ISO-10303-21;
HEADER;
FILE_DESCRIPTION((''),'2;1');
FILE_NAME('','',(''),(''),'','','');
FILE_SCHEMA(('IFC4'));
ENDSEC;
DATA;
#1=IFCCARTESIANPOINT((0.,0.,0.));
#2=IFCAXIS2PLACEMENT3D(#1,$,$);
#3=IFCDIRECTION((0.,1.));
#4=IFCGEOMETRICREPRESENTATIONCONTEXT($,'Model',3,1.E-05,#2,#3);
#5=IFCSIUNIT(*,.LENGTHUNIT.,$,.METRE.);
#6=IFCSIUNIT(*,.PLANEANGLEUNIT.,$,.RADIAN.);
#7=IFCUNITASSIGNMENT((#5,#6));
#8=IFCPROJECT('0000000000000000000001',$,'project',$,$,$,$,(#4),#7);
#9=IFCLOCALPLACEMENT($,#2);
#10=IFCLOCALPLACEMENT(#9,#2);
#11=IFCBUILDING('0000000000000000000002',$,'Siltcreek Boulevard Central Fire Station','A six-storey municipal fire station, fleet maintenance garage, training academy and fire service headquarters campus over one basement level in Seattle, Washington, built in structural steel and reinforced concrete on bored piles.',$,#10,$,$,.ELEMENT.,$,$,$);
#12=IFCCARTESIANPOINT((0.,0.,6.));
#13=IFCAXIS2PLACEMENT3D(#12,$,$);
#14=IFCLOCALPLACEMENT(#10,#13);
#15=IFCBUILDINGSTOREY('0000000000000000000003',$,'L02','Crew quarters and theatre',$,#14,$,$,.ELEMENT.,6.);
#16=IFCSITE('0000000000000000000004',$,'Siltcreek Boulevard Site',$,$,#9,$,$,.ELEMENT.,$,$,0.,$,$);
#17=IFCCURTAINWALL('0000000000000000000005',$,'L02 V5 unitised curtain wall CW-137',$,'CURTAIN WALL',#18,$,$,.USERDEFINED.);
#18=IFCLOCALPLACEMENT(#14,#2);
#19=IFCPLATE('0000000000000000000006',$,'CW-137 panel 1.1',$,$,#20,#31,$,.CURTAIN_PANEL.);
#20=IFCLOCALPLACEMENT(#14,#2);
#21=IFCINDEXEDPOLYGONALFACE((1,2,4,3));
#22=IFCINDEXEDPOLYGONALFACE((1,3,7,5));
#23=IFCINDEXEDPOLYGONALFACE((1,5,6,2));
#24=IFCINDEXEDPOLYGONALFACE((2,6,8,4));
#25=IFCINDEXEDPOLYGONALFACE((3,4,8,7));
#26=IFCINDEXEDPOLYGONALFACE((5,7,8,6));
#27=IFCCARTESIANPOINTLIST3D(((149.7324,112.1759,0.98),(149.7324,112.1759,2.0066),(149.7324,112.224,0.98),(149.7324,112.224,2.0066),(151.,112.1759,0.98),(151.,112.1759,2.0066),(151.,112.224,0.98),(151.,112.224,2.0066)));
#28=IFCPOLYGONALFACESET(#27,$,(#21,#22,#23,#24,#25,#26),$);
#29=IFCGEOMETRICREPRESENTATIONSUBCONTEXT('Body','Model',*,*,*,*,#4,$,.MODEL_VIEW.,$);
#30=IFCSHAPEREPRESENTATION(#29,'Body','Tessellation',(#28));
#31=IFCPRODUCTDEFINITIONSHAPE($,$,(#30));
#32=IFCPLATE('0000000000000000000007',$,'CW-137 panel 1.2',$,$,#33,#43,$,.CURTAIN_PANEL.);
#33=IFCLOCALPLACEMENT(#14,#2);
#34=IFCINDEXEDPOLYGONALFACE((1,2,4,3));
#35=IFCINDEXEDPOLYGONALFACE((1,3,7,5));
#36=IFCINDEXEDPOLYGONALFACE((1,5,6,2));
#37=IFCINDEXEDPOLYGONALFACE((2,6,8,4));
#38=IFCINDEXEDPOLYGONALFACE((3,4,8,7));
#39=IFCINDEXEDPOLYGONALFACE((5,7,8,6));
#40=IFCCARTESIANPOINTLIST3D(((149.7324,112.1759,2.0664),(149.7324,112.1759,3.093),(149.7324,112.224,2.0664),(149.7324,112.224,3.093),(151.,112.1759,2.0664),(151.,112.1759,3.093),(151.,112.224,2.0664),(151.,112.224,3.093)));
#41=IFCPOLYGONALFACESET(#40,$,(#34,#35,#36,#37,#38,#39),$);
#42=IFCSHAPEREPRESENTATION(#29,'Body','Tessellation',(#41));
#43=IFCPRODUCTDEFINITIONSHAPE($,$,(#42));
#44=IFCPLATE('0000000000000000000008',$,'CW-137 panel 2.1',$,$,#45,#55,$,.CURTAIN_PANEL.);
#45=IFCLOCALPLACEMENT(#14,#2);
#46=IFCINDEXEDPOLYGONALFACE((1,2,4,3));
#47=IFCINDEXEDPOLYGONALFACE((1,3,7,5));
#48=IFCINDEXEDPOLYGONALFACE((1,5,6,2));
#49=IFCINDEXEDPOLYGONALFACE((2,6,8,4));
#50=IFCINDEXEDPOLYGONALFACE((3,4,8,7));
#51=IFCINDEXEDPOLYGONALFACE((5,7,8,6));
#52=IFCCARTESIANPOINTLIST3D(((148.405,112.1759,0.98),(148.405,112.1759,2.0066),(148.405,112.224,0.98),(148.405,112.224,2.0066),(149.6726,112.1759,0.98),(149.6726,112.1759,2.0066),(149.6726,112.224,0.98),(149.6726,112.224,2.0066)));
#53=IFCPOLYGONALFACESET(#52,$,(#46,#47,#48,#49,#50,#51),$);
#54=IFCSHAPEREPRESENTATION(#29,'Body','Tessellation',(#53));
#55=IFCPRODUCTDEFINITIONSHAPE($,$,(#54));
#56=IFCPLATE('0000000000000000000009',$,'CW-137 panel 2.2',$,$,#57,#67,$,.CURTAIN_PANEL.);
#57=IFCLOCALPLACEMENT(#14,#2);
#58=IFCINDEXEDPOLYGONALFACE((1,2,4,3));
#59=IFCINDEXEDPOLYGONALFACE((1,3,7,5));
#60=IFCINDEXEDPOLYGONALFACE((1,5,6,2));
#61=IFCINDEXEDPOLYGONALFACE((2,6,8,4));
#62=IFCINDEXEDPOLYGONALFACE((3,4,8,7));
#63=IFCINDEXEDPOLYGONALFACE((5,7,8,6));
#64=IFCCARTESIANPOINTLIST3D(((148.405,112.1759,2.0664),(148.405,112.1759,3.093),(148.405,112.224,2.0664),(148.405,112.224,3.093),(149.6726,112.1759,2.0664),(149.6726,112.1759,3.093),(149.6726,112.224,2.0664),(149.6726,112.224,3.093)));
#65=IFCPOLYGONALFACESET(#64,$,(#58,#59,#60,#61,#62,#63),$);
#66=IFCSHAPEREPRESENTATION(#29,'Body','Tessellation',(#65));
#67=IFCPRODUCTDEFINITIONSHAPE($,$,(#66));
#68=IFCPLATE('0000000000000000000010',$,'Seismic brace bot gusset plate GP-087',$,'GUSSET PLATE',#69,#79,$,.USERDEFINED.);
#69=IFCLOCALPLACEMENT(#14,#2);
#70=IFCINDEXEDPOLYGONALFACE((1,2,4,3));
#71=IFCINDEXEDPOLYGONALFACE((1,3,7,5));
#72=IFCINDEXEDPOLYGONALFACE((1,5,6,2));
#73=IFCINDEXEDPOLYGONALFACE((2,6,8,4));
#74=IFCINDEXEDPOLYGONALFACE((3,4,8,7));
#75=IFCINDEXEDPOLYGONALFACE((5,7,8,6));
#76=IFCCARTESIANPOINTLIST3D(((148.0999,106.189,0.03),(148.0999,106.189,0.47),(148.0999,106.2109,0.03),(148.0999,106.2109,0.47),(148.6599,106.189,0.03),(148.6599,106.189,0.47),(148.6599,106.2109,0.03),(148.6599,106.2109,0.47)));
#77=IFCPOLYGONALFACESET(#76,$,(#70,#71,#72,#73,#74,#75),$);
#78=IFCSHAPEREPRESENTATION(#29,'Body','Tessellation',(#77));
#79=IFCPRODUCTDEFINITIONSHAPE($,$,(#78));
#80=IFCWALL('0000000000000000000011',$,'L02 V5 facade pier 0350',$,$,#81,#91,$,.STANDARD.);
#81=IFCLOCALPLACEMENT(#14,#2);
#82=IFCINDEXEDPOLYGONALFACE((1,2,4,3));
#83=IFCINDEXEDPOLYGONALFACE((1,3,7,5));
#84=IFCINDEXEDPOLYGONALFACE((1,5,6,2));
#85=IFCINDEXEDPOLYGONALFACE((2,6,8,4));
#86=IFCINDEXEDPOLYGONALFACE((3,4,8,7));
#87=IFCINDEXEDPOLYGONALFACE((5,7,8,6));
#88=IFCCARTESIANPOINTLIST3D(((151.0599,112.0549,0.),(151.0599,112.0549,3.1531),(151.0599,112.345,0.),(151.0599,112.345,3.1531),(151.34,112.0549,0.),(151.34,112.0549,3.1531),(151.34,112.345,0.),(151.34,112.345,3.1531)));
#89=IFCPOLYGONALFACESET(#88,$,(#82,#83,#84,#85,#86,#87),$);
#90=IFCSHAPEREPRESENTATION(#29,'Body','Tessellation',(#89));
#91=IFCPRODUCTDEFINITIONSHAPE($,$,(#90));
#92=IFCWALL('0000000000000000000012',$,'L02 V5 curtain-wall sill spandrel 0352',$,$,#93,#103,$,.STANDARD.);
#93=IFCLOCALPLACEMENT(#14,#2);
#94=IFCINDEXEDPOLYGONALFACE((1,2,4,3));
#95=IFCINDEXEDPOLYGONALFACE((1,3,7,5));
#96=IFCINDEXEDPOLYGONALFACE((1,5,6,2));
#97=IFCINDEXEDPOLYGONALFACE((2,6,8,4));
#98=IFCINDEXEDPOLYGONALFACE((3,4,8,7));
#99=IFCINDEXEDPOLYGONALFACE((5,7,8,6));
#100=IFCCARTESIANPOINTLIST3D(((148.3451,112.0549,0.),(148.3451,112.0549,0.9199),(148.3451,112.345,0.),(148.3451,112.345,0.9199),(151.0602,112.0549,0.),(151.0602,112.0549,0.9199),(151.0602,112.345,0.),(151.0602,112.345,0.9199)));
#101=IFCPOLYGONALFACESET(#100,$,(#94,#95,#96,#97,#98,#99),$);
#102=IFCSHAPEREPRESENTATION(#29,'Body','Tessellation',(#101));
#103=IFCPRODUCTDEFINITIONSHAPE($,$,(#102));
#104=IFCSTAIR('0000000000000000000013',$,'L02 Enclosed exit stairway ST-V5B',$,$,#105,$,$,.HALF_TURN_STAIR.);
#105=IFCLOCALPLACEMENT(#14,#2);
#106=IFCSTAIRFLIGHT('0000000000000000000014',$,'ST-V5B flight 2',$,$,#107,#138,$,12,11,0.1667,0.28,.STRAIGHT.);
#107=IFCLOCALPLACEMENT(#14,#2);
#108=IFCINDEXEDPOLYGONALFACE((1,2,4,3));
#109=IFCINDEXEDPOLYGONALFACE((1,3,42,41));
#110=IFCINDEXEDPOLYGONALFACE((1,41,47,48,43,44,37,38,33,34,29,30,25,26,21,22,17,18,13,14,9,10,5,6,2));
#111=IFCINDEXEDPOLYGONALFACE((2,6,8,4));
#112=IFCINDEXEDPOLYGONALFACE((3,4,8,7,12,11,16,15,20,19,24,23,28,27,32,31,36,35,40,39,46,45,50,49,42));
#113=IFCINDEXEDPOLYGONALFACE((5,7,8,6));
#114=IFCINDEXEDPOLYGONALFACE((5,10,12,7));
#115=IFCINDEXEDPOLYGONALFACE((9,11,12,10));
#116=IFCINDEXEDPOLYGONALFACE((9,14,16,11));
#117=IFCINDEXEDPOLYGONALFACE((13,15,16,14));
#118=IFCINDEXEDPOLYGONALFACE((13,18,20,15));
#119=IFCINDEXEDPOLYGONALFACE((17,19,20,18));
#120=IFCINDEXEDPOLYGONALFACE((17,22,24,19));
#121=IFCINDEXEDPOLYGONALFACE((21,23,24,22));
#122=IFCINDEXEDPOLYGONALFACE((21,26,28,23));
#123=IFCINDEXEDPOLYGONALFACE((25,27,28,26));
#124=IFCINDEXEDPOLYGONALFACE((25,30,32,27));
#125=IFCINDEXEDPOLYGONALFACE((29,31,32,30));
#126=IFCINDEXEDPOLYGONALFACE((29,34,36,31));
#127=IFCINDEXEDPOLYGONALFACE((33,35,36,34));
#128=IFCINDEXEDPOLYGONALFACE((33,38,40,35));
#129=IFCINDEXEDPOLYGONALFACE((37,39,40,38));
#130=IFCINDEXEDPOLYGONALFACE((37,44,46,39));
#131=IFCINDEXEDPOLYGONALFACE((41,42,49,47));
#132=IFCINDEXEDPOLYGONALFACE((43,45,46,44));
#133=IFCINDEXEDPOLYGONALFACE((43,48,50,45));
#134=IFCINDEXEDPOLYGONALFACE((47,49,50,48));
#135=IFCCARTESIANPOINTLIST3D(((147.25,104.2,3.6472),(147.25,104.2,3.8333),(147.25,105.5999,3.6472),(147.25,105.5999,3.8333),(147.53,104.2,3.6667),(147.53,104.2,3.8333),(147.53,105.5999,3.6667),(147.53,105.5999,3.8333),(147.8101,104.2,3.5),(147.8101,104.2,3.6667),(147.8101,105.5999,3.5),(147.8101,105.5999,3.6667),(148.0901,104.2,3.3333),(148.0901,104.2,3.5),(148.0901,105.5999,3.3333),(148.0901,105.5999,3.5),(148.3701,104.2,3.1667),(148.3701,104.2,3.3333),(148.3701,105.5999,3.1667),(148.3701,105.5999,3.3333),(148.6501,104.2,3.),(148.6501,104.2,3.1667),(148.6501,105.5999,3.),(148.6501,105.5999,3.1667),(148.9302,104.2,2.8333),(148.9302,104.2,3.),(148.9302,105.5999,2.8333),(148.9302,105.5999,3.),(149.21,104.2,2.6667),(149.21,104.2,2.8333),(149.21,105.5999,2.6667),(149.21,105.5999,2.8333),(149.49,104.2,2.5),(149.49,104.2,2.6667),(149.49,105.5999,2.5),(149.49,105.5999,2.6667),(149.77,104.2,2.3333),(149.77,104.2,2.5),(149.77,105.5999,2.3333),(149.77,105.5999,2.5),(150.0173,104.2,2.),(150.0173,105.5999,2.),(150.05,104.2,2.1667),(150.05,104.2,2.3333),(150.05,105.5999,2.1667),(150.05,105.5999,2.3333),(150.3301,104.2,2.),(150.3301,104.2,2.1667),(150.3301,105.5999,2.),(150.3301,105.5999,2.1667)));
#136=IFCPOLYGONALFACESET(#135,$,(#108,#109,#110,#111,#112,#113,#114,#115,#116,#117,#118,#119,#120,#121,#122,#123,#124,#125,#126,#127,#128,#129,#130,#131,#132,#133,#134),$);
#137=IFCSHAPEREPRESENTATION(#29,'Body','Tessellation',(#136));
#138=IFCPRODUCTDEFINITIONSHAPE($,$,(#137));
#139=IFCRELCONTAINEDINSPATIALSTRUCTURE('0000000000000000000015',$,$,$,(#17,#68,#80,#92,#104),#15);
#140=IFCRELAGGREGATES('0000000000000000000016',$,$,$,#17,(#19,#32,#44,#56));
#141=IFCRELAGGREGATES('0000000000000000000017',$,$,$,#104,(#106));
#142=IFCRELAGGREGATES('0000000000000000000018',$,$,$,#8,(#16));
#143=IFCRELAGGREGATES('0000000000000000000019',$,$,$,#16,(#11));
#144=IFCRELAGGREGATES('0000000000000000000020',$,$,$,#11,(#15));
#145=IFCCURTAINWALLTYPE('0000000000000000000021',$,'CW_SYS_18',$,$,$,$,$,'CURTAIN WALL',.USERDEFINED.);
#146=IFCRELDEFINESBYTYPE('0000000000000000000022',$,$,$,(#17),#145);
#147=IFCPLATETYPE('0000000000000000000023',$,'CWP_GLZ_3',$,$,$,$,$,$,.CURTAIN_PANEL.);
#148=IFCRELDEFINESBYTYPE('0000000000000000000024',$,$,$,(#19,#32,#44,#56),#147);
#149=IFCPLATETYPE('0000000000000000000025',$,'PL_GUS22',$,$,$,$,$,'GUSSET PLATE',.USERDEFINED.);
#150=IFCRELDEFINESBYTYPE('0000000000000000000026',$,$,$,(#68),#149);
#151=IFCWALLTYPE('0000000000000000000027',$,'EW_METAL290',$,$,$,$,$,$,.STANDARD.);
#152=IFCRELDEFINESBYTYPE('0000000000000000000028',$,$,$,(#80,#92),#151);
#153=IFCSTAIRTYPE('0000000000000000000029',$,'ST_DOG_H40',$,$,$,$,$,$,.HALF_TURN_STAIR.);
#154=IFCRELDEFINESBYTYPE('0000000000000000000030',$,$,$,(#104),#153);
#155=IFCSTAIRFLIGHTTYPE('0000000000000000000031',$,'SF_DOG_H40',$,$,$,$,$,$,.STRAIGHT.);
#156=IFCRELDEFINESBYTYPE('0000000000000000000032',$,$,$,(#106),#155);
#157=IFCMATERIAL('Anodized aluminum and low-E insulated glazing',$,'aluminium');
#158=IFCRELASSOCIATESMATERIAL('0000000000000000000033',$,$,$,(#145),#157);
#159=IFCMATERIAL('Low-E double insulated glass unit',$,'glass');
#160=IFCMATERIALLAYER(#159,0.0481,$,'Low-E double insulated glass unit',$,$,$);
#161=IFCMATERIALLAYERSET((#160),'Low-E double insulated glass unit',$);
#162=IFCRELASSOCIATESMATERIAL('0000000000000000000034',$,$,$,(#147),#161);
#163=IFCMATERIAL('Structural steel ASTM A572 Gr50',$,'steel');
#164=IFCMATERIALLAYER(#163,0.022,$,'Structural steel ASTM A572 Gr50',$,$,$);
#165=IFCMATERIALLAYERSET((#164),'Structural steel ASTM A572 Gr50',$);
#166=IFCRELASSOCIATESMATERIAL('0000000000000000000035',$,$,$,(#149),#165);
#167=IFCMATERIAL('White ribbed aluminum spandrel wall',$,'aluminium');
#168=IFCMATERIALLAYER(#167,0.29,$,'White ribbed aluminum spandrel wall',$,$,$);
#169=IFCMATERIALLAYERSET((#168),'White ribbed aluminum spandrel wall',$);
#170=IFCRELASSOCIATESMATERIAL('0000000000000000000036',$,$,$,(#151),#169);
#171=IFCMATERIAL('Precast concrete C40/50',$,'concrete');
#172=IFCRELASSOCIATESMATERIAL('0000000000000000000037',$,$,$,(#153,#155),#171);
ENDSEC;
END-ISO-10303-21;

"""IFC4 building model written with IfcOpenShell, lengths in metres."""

from ifc_helpers import new_model, si_unit, direction, frame, frame_2d, origin, origin_2d, place, context, subcontext, project, spatial, polyline, rectangle, outline, extrude, material, layer, layer_set, type_object, element, aggregate, save


model = new_model("IFC4")

# Units and contexts
model_context = context("Model", 3, precision=1e-05, world=origin(), true_north=direction((0.0, 1.0)))
body_context = subcontext(model_context, "Body", "Model", "MODEL_VIEW")
ifc_project = project(units=[si_unit("LENGTHUNIT", "METRE"), si_unit("PLANEANGLEUNIT", "RADIAN")], contexts=[model_context])

# Site, building, storey
site_placement = place(None, origin())
site = spatial("IfcSite", under=ifc_project, at=site_placement, Name="Siltcreek Boulevard Site", CompositionType="ELEMENT", RefElevation=0.0)
building_placement = place(site_placement, origin())
building = spatial("IfcBuilding", under=site, at=building_placement, Name="Siltcreek Boulevard Central Fire Station", Description="A six-storey municipal fire station, fleet maintenance garage, training academy and fire service headquarters campus over one basement level in Seattle, Washington, built in structural steel and reinforced concrete on bored piles.", CompositionType="ELEMENT")
storey_placement = place(building_placement, frame((0.0, 0.0, 6.0)))
storey = spatial("IfcBuildingStorey", under=building, at=storey_placement, Name="L02", Description="Crew quarters and theatre", CompositionType="ELEMENT", Elevation=6.0)

# Curtain wall
ifc_material_1 = material(Name="Anodized aluminum and low-E insulated glazing", Category="aluminium")
curtain_wall_type_1 = type_object("IfcCurtainWallType", Name="CW_SYS_18", ElementType="CURTAIN WALL", PredefinedType="USERDEFINED", material=ifc_material_1)
curtain_wall_1_placement = place(storey_placement, origin())
curtain_wall_1 = element("IfcCurtainWall", 1, at=curtain_wall_1_placement, inside=storey, type_object=curtain_wall_type_1, Name="L02 V5 unitised curtain wall CW-137", ObjectType="CURTAIN WALL", PredefinedType="USERDEFINED")

# Plates
ifc_material_2 = material(Name="Low-E double insulated glass unit", Category="glass")
ifc_layer_1 = layer(ifc_material_2, 0.0481, Name="Low-E double insulated glass unit")
ifc_layer_set_1 = layer_set([ifc_layer_1], Name="Low-E double insulated glass unit")
plate_type_1 = type_object("IfcPlateType", Name="CWP_GLZ_3", PredefinedType="CURTAIN_PANEL", material=ifc_layer_set_1)
plate_1_placement = place(storey_placement, frame((150.3662, 112.2, 0.98), z_axis=(0.0, 0.0, 1.0), x_axis=(-1.0, 0.0, 0.0)))
plate_1 = element("IfcPlate", 2, at=plate_1_placement, type_object=plate_type_1, Name="CW-137 panel 1.1", PredefinedType="CURTAIN_PANEL", context=body_context, shape_type="SweptSolid", body=[
    extrude(rectangle(XDim=1.2676, YDim=0.0481, at=origin_2d()), origin(), (0.0, 0.0, 1.0), 1.0266),
])
plate_2_placement = place(storey_placement, frame((150.3662, 112.2, 2.0664), z_axis=(0.0, 0.0, 1.0), x_axis=(-1.0, 0.0, 0.0)))
plate_2 = element("IfcPlate", 3, at=plate_2_placement, type_object=plate_type_1, Name="CW-137 panel 1.2", PredefinedType="CURTAIN_PANEL", context=body_context, shape_type="SweptSolid", body=[
    extrude(rectangle(XDim=1.2676, YDim=0.0481, at=origin_2d()), origin(), (0.0, 0.0, 1.0), 1.0266),
])
plate_3_placement = place(storey_placement, frame((149.0388, 112.2, 0.98), z_axis=(0.0, 0.0, 1.0), x_axis=(-1.0, 0.0, 0.0)))
plate_3 = element("IfcPlate", 4, at=plate_3_placement, type_object=plate_type_1, Name="CW-137 panel 2.1", PredefinedType="CURTAIN_PANEL", context=body_context, shape_type="SweptSolid", body=[
    extrude(rectangle(XDim=1.2676, YDim=0.0481, at=origin_2d()), origin(), (0.0, 0.0, 1.0), 1.0266),
])
plate_4_placement = place(storey_placement, frame((149.0388, 112.2, 2.0664), z_axis=(0.0, 0.0, 1.0), x_axis=(-1.0, 0.0, 0.0)))
plate_4 = element("IfcPlate", 5, at=plate_4_placement, type_object=plate_type_1, Name="CW-137 panel 2.2", PredefinedType="CURTAIN_PANEL", context=body_context, shape_type="SweptSolid", body=[
    extrude(rectangle(XDim=1.2676, YDim=0.0481, at=origin_2d()), origin(), (0.0, 0.0, 1.0), 1.0266),
])
aggregate(curtain_wall_1, [plate_1, plate_2, plate_3, plate_4])
ifc_material_3 = material(Name="Structural steel ASTM A572 Gr50", Category="steel")
ifc_layer_2 = layer(ifc_material_3, 0.022, Name="Structural steel ASTM A572 Gr50")
ifc_layer_set_2 = layer_set([ifc_layer_2], Name="Structural steel ASTM A572 Gr50")
plate_type_2 = type_object("IfcPlateType", Name="PL_GUS22", ElementType="GUSSET PLATE", PredefinedType="USERDEFINED", material=ifc_layer_set_2)
plate_5_placement = place(storey_placement, frame((148.3799, 106.2, 0.03), z_axis=(0.0, 0.0, 1.0), x_axis=(1.0, 0.0, 0.0)))
element("IfcPlate", 6, at=plate_5_placement, inside=storey, type_object=plate_type_2, Name="Seismic brace bot gusset plate GP-087", ObjectType="GUSSET PLATE", PredefinedType="USERDEFINED", context=body_context, shape_type="SweptSolid", body=[
    extrude(rectangle(XDim=0.5601, YDim=0.022, at=origin_2d()), origin(), (0.0, 0.0, 1.0), 0.4399),
])

# Walls
ifc_material_4 = material(Name="White ribbed aluminum spandrel wall", Category="aluminium")
ifc_layer_3 = layer(ifc_material_4, 0.29, Name="White ribbed aluminum spandrel wall")
ifc_layer_set_3 = layer_set([ifc_layer_3], Name="White ribbed aluminum spandrel wall")
wall_type = type_object("IfcWallType", Name="EW_METAL290", PredefinedType="STANDARD", material=ifc_layer_set_3)
wall_1_placement = place(storey_placement, frame((151.3401, 112.2, 0.0), z_axis=(0.0, 0.0, 1.0), x_axis=(-1.0, 0.0, 0.0)))
element("IfcWall", 7, at=wall_1_placement, inside=storey, type_object=wall_type, Name="L02 V5 facade pier 0350", PredefinedType="STANDARD", context=body_context, shape_type="SweptSolid", body=[
    extrude(rectangle(XDim=0.28, YDim=0.29, at=frame_2d((0.1401, 0.0))), origin(), (0.0, 0.0, 1.0), 3.1531),
])
wall_2_placement = place(storey_placement, frame((151.0601, 112.2, 0.0), z_axis=(0.0, 0.0, 1.0), x_axis=(-1.0, 0.0, 0.0)))
element("IfcWall", 8, at=wall_2_placement, inside=storey, type_object=wall_type, Name="L02 V5 curtain-wall sill spandrel 0352", PredefinedType="STANDARD", context=body_context, shape_type="SweptSolid", body=[
    extrude(rectangle(XDim=2.7151, YDim=0.29, at=frame_2d((1.3574, 0.0))), origin(), (0.0, 0.0, 1.0), 0.9199),
])

# Stair, stair flight
ifc_material_5 = material(Name="Precast concrete C40/50", Category="concrete")
stair_type = type_object("IfcStairType", Name="ST_DOG_H40", PredefinedType="HALF_TURN_STAIR", material=ifc_material_5)
stair_placement = place(storey_placement, origin())
stair = element("IfcStair", 9, at=stair_placement, inside=storey, type_object=stair_type, Name="L02 Enclosed exit stairway ST-V5B", PredefinedType="HALF_TURN_STAIR")
stair_flight_type = type_object("IfcStairFlightType", Name="SF_DOG_H40", PredefinedType="STRAIGHT", material=ifc_material_5)
stair_flight_placement = place(storey_placement, frame((150.3301, 104.8999, 2.0), z_axis=(0.0, 0.0, 1.0), x_axis=(-1.0, 0.0, 0.0)))
stair_flight = element("IfcStairFlight", 10, at=stair_flight_placement, type_object=stair_flight_type, Name="ST-V5B flight 2", NumberOfRisers=12, NumberOfTreads=11, PredefinedType="STRAIGHT", RiserHeight=0.1667, TreadLength=0.28, context=body_context, shape_type="SweptSolid", body=[
    extrude(outline(polyline([(0.0, 0.0), (0.0, 0.1667), (0.28, 0.1667), (0.28, 0.3333), (0.5601, 0.3333), (0.5601, 0.5), (0.8401, 0.5), (0.8401, 0.6667), (1.1201, 0.6667), (1.1201, 0.8333), (1.3999, 0.8333), (1.3999, 1.0), (1.6799, 1.0), (1.6799, 1.1667), (1.96, 1.1667), (1.96, 1.3333), (2.24, 1.3333), (2.24, 1.5), (2.52, 1.5), (2.52, 1.6667), (2.8, 1.6667), (2.8, 1.8333), (3.0801, 1.8333), (3.0801, 2.0), (3.0801, 1.6472), (0.3127, 0.0), (0.0, 0.0)])), frame((0.0, 0.7, 0.0), z_axis=(0.0, -1.0, 0.0), x_axis=(1.0, 0.0, 0.0)), (0.0, 0.0, 1.0), 1.3999),
])
aggregate(stair, [stair_flight])

save(model, "model.ifc")
